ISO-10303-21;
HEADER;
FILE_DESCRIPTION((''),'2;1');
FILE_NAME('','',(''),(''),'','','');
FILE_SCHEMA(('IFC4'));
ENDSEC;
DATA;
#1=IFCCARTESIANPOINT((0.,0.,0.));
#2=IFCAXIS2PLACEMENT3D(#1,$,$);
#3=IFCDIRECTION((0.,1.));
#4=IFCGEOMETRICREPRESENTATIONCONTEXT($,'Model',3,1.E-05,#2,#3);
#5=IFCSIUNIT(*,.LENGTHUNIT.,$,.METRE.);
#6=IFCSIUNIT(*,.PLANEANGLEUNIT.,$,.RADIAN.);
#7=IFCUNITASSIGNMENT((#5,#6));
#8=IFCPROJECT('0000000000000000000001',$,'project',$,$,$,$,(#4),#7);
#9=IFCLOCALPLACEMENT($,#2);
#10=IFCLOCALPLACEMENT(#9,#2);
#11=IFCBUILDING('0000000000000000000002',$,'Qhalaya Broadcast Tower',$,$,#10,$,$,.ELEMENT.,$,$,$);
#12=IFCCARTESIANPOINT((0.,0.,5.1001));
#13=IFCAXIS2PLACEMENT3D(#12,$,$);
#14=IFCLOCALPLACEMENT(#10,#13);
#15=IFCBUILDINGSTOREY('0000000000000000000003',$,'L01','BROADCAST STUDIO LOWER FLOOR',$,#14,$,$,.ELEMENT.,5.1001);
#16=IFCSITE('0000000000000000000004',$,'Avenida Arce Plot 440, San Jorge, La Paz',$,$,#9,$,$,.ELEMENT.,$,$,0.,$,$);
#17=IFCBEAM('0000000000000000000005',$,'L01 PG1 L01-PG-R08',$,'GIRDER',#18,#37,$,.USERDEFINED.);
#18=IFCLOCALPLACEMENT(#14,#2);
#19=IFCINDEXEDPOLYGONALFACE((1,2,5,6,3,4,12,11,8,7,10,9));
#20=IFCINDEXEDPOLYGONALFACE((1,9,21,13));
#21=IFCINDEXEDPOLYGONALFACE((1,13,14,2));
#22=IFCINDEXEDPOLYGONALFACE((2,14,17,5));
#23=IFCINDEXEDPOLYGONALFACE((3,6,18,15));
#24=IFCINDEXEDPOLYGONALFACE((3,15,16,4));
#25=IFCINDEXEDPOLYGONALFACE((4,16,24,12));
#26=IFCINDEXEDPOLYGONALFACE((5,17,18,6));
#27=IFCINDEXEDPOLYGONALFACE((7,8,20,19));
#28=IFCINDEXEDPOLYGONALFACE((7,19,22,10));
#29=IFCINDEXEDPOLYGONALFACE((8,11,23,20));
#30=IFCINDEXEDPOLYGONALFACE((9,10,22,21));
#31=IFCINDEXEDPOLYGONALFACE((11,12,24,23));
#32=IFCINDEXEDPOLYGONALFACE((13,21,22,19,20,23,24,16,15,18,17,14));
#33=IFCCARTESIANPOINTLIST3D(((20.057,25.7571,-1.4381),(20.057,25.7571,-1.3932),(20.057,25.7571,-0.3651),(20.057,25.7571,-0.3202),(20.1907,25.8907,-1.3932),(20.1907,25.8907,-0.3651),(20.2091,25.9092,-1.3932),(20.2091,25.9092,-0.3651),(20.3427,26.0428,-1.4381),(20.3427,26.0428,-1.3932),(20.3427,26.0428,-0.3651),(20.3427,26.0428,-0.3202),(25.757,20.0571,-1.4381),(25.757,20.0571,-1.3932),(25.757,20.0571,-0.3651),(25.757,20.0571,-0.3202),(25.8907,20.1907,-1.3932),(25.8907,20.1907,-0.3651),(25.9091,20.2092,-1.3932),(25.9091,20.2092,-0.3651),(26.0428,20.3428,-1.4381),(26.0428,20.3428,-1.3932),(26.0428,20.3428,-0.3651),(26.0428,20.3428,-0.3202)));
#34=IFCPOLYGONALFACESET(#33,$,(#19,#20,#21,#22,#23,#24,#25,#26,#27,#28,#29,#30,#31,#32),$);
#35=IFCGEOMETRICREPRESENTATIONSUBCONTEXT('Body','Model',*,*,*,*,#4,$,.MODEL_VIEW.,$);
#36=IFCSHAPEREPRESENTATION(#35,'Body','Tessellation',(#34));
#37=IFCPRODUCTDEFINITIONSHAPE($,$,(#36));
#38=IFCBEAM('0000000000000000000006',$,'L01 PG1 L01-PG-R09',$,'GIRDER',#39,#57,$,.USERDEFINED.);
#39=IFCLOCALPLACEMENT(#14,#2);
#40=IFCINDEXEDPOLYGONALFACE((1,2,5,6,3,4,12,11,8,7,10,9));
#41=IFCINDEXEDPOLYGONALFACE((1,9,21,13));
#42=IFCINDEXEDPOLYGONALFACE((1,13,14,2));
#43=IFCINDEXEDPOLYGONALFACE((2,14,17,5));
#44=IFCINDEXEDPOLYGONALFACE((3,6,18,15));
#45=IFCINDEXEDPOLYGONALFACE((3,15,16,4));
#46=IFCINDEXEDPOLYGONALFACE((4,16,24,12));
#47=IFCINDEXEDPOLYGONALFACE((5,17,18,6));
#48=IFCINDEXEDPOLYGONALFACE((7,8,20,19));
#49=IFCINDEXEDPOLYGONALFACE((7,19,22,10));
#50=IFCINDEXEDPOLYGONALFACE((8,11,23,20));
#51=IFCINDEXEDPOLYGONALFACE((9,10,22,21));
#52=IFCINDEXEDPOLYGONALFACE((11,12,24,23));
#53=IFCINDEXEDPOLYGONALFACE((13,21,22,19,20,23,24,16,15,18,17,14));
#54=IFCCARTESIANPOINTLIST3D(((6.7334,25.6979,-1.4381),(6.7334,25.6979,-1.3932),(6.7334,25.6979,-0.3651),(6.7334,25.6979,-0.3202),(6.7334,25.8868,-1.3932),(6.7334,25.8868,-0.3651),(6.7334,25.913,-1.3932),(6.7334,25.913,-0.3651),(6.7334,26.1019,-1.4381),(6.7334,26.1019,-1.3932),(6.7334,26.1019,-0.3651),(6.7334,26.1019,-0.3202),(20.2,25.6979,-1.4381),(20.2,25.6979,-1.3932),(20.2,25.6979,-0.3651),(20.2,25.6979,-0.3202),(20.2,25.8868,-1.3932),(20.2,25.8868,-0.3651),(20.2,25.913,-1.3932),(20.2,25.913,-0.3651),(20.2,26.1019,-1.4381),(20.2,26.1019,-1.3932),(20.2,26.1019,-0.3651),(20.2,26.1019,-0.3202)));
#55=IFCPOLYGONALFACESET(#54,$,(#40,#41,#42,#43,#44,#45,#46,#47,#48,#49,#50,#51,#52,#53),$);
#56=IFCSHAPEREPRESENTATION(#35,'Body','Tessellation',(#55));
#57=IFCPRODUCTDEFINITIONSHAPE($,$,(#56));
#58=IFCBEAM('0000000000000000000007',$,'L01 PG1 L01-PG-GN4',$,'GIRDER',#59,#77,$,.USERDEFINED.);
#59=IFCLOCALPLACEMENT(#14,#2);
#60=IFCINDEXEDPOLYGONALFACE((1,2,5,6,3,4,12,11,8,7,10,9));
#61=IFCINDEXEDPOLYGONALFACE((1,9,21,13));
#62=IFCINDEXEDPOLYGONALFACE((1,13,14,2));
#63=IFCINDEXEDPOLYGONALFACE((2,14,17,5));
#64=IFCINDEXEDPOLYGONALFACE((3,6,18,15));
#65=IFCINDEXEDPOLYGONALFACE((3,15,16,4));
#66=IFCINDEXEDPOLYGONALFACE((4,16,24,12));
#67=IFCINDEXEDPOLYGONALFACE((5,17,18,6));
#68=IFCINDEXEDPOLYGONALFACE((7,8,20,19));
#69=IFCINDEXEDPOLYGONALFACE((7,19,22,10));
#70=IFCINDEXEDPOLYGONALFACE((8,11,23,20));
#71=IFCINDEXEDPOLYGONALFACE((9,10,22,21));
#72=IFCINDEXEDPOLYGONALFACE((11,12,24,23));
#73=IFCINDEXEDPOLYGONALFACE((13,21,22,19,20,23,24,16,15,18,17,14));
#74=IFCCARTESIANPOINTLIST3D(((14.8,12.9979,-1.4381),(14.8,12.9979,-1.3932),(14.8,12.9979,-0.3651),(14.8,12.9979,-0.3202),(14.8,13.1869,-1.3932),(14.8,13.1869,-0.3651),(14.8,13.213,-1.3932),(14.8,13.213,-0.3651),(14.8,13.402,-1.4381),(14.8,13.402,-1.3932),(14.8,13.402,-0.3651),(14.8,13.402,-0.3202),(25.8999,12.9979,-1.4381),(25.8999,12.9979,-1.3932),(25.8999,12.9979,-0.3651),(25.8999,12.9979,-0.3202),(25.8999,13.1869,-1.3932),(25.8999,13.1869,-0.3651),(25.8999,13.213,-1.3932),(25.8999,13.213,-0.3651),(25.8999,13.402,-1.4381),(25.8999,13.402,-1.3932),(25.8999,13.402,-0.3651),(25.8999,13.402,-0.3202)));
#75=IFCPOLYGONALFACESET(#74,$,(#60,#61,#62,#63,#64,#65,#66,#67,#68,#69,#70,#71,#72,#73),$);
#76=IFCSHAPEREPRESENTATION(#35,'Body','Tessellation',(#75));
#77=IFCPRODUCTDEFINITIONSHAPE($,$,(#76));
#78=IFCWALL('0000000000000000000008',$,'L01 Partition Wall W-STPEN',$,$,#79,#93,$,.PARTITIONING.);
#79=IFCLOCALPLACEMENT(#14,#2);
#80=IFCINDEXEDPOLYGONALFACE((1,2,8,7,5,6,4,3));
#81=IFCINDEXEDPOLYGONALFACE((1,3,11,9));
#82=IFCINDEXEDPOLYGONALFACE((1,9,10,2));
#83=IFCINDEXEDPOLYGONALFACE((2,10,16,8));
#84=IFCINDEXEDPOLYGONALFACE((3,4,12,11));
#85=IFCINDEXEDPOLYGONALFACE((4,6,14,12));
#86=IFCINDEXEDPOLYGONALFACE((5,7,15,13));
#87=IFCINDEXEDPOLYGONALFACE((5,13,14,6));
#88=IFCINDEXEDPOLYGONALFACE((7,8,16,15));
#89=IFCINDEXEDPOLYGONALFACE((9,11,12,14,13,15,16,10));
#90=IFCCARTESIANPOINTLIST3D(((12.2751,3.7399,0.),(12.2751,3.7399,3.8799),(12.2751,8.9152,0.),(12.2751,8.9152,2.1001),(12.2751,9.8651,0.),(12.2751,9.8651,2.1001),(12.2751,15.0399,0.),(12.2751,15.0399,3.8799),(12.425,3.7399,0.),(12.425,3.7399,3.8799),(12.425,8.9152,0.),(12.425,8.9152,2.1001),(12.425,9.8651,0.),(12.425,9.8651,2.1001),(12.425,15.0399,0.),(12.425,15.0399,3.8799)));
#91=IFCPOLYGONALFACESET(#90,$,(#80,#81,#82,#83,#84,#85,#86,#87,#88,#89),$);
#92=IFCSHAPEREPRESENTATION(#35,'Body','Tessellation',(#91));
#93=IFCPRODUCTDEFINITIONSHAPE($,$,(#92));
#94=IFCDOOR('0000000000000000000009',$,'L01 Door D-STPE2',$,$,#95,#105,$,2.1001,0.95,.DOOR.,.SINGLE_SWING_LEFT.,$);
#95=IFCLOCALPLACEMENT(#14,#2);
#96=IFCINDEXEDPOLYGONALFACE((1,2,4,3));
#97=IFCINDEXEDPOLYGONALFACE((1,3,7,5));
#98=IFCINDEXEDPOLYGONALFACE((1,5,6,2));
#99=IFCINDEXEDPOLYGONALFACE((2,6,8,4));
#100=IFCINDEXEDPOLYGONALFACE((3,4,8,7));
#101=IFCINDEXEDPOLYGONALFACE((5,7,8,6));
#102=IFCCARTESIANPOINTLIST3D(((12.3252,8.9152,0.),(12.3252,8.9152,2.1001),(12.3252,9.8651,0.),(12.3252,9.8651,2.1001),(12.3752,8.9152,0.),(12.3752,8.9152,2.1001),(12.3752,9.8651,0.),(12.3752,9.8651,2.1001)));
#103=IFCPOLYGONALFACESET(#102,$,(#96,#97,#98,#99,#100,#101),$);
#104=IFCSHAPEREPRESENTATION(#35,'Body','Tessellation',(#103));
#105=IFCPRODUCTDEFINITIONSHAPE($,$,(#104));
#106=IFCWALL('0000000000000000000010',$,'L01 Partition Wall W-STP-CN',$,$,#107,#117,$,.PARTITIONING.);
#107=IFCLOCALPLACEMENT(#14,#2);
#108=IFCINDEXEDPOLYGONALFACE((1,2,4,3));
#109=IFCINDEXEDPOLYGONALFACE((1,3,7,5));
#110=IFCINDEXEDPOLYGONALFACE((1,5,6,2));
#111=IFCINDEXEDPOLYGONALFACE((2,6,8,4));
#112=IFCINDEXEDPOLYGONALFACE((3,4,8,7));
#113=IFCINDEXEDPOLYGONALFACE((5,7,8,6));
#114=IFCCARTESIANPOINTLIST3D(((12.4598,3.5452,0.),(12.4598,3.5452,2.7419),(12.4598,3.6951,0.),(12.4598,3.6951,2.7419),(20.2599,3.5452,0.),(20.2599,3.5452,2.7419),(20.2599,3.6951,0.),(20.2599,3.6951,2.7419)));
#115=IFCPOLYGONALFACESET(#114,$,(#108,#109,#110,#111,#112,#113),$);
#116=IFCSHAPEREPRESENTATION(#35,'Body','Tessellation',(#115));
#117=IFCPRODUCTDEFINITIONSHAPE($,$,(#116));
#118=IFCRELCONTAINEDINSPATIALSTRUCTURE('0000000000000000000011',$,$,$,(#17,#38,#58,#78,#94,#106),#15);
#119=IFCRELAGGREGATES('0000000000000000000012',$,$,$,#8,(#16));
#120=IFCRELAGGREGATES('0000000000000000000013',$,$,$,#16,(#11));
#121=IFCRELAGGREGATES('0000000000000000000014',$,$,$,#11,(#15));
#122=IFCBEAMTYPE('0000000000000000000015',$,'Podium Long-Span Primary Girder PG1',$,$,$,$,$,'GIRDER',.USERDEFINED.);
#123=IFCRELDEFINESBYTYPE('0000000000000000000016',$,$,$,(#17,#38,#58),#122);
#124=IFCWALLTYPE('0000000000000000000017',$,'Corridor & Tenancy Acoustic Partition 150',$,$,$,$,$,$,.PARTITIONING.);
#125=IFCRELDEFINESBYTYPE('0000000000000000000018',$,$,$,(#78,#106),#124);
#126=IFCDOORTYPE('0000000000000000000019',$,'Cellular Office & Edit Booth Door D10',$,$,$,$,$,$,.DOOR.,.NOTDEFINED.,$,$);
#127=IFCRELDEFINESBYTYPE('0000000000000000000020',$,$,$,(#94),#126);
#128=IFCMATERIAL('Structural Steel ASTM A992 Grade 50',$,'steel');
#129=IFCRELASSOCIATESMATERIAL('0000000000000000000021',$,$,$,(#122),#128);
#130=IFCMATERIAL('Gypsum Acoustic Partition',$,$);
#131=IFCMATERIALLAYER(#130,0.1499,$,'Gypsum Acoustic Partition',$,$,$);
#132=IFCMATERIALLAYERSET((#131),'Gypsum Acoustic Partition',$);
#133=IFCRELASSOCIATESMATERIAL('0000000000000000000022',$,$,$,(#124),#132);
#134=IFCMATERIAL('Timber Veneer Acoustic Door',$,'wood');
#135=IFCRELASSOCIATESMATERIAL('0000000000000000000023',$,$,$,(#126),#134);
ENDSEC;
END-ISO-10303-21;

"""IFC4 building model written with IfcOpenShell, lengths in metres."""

from ifc_helpers import new_model, si_unit, direction, frame, frame_2d, origin, origin_2d, place, context, subcontext, project, spatial, rectangle, i_section, extrude, material, layer, layer_set, material_profile, profile_set, type_object, element, fill, save


model = new_model("IFC4")

# Units and contexts
model_context = context("Model", 3, precision=1e-05, world=origin(), true_north=direction((0.0, 1.0)))
body_context = subcontext(model_context, "Body", "Model", "MODEL_VIEW")
ifc_project = project(units=[si_unit("LENGTHUNIT", "METRE"), si_unit("PLANEANGLEUNIT", "RADIAN")], contexts=[model_context])

# Site, building, storey
site_placement = place(None, origin())
site = spatial("IfcSite", under=ifc_project, at=site_placement, Name="Avenida Arce Plot 440, San Jorge, La Paz", CompositionType="ELEMENT", RefElevation=0.0)
building_placement = place(site_placement, origin())
building = spatial("IfcBuilding", under=site, at=building_placement, Name="Qhalaya Broadcast Tower", CompositionType="ELEMENT")
storey_placement = place(building_placement, frame((0.0, 0.0, 5.1001)))
storey = spatial("IfcBuildingStorey", under=building, at=storey_placement, Name="L01", Description="BROADCAST STUDIO LOWER FLOOR", CompositionType="ELEMENT", Elevation=5.1001)

# Beams
ifc_material_1 = material(Name="Structural Steel ASTM A992 Grade 50", Category="steel")
ifc_material_profile_1 = material_profile(ifc_material_1, i_section(OverallWidth=0.4041, OverallDepth=1.1179, WebThickness=0.0261, FlangeThickness=0.0449, at=origin_2d()), Name="W44X335")
ifc_profile_set_1 = profile_set([ifc_material_profile_1], Name="Structural Steel ASTM A992 Grade 50")
beam_type_1 = type_object("IfcBeamType", Name="Podium Long-Span Primary Girder PG1", ElementType="GIRDER", PredefinedType="USERDEFINED", material=ifc_profile_set_1)
beam_1_placement = place(storey_placement, frame((25.8999, 20.2, -0.8792), z_axis=(-0.707107, 0.707107, 0.0), x_axis=(-0.707107, -0.707107, 0.0)))
element("IfcBeam", 1, at=beam_1_placement, inside=storey, type_object=beam_type_1, Name="L01 PG1 L01-PG-R08", ObjectType="GIRDER", PredefinedType="USERDEFINED", context=body_context, shape_type="SweptSolid", body=[
    extrude(i_section(OverallWidth=0.4041, OverallDepth=1.1179, WebThickness=0.0261, FlangeThickness=0.0449, at=origin_2d()), origin(), (0.0, 0.0, 1.0), 8.061),
])
beam_2_placement = place(storey_placement, frame((20.2, 25.8999, -0.8792), z_axis=(-1.0, 0.0, 0.0), x_axis=(0.0, -1.0, 0.0)))
element("IfcBeam", 2, at=beam_2_placement, inside=storey, type_object=beam_type_1, Name="L01 PG1 L01-PG-R09", ObjectType="GIRDER", PredefinedType="USERDEFINED", context=body_context, shape_type="SweptSolid", body=[
    extrude(i_section(OverallWidth=0.4041, OverallDepth=1.1179, WebThickness=0.0261, FlangeThickness=0.0449, at=origin_2d()), origin(), (0.0, 0.0, 1.0), 13.4666),
])
beam_3_placement = place(storey_placement, frame((14.8, 13.2, -0.8792), z_axis=(1.0, 0.0, 0.0), x_axis=(0.0, 1.0, 0.0)))
element("IfcBeam", 3, at=beam_3_placement, inside=storey, type_object=beam_type_1, Name="L01 PG1 L01-PG-GN4", ObjectType="GIRDER", PredefinedType="USERDEFINED", context=body_context, shape_type="SweptSolid", body=[
    extrude(i_section(OverallWidth=0.4041, OverallDepth=1.1179, WebThickness=0.0261, FlangeThickness=0.0449, at=origin_2d()), origin(), (0.0, 0.0, 1.0), 11.0999),
])

# Wall, opening, door
ifc_material_2 = material(Name="Gypsum Acoustic Partition")
ifc_layer_1 = layer(ifc_material_2, 0.1499, Name="Gypsum Acoustic Partition")
ifc_layer_set_1 = layer_set([ifc_layer_1], Name="Gypsum Acoustic Partition")
wall_type_1 = type_object("IfcWallType", Name="Corridor & Tenancy Acoustic Partition 150", PredefinedType="PARTITIONING", material=ifc_layer_set_1)
wall_1_placement = place(storey_placement, frame((12.3501, 3.74, 0.0), z_axis=(0.0, 0.0, 1.0), x_axis=(0.0, 1.0, 0.0)))
wall_1 = element("IfcWall", 4, at=wall_1_placement, inside=storey, type_object=wall_type_1, Name="L01 Partition Wall W-STPEN", PredefinedType="PARTITIONING", context=body_context, shape_type="SweptSolid", body=[
    extrude(rectangle(XDim=11.3, YDim=0.1499, at=frame_2d((5.6499, 0.0))), origin(), (0.0, 0.0, 1.0), 3.8799),
])
opening_1_placement = place(wall_1_placement, frame((5.175, 0.0, 0.0)))
opening_1 = element("IfcOpeningElement", 5, at=opening_1_placement, cuts=wall_1, PredefinedType="OPENING", context=body_context, shape_type="SweptSolid", body=[
    extrude(rectangle(XDim=0.95, YDim=2.1001, at=frame_2d((0.4751, 1.05))), frame((0.0, 0.0869, 0.0), z_axis=(0.0, -1.0, 0.0), x_axis=(1.0, 0.0, 0.0)), (0.0, 0.0, 1.0), 0.1738),
])
ifc_material_3 = material(Name="Timber Veneer Acoustic Door", Category="wood")
door_type = type_object("IfcDoorType", Name="Cellular Office & Edit Booth Door D10", OperationType="NOTDEFINED", PredefinedType="DOOR", material=ifc_material_3)
door_placement = place(opening_1_placement, origin())
door = element("IfcDoor", 6, at=door_placement, inside=storey, type_object=door_type, Name="L01 Door D-STPE2", OperationType="SINGLE_SWING_LEFT", OverallHeight=2.1001, OverallWidth=0.95, PredefinedType="DOOR", context=body_context, shape_type="SweptSolid", body=[
    extrude(rectangle(XDim=0.95, YDim=2.1001, at=frame_2d((0.4751, 1.05))), frame((0.0, 0.0249, 0.0), z_axis=(0.0, -1.0, 0.0), x_axis=(1.0, 0.0, 0.0)), (0.0, 0.0, 1.0), 0.05),
])
fill(opening_1, door)

# Wall
wall_2_placement = place(storey_placement, frame((12.46, 3.6201, 0.0), z_axis=(0.0, 0.0, 1.0), x_axis=(1.0, 0.0, 0.0)))
element("IfcWall", 7, at=wall_2_placement, inside=storey, type_object=wall_type_1, Name="L01 Partition Wall W-STP-CN", PredefinedType="PARTITIONING", context=body_context, shape_type="SweptSolid", body=[
    extrude(rectangle(XDim=7.8, YDim=0.1499, at=frame_2d((3.8999, 0.0))), origin(), (0.0, 0.0, 1.0), 2.7419),
])

save(model, "model.ifc")
